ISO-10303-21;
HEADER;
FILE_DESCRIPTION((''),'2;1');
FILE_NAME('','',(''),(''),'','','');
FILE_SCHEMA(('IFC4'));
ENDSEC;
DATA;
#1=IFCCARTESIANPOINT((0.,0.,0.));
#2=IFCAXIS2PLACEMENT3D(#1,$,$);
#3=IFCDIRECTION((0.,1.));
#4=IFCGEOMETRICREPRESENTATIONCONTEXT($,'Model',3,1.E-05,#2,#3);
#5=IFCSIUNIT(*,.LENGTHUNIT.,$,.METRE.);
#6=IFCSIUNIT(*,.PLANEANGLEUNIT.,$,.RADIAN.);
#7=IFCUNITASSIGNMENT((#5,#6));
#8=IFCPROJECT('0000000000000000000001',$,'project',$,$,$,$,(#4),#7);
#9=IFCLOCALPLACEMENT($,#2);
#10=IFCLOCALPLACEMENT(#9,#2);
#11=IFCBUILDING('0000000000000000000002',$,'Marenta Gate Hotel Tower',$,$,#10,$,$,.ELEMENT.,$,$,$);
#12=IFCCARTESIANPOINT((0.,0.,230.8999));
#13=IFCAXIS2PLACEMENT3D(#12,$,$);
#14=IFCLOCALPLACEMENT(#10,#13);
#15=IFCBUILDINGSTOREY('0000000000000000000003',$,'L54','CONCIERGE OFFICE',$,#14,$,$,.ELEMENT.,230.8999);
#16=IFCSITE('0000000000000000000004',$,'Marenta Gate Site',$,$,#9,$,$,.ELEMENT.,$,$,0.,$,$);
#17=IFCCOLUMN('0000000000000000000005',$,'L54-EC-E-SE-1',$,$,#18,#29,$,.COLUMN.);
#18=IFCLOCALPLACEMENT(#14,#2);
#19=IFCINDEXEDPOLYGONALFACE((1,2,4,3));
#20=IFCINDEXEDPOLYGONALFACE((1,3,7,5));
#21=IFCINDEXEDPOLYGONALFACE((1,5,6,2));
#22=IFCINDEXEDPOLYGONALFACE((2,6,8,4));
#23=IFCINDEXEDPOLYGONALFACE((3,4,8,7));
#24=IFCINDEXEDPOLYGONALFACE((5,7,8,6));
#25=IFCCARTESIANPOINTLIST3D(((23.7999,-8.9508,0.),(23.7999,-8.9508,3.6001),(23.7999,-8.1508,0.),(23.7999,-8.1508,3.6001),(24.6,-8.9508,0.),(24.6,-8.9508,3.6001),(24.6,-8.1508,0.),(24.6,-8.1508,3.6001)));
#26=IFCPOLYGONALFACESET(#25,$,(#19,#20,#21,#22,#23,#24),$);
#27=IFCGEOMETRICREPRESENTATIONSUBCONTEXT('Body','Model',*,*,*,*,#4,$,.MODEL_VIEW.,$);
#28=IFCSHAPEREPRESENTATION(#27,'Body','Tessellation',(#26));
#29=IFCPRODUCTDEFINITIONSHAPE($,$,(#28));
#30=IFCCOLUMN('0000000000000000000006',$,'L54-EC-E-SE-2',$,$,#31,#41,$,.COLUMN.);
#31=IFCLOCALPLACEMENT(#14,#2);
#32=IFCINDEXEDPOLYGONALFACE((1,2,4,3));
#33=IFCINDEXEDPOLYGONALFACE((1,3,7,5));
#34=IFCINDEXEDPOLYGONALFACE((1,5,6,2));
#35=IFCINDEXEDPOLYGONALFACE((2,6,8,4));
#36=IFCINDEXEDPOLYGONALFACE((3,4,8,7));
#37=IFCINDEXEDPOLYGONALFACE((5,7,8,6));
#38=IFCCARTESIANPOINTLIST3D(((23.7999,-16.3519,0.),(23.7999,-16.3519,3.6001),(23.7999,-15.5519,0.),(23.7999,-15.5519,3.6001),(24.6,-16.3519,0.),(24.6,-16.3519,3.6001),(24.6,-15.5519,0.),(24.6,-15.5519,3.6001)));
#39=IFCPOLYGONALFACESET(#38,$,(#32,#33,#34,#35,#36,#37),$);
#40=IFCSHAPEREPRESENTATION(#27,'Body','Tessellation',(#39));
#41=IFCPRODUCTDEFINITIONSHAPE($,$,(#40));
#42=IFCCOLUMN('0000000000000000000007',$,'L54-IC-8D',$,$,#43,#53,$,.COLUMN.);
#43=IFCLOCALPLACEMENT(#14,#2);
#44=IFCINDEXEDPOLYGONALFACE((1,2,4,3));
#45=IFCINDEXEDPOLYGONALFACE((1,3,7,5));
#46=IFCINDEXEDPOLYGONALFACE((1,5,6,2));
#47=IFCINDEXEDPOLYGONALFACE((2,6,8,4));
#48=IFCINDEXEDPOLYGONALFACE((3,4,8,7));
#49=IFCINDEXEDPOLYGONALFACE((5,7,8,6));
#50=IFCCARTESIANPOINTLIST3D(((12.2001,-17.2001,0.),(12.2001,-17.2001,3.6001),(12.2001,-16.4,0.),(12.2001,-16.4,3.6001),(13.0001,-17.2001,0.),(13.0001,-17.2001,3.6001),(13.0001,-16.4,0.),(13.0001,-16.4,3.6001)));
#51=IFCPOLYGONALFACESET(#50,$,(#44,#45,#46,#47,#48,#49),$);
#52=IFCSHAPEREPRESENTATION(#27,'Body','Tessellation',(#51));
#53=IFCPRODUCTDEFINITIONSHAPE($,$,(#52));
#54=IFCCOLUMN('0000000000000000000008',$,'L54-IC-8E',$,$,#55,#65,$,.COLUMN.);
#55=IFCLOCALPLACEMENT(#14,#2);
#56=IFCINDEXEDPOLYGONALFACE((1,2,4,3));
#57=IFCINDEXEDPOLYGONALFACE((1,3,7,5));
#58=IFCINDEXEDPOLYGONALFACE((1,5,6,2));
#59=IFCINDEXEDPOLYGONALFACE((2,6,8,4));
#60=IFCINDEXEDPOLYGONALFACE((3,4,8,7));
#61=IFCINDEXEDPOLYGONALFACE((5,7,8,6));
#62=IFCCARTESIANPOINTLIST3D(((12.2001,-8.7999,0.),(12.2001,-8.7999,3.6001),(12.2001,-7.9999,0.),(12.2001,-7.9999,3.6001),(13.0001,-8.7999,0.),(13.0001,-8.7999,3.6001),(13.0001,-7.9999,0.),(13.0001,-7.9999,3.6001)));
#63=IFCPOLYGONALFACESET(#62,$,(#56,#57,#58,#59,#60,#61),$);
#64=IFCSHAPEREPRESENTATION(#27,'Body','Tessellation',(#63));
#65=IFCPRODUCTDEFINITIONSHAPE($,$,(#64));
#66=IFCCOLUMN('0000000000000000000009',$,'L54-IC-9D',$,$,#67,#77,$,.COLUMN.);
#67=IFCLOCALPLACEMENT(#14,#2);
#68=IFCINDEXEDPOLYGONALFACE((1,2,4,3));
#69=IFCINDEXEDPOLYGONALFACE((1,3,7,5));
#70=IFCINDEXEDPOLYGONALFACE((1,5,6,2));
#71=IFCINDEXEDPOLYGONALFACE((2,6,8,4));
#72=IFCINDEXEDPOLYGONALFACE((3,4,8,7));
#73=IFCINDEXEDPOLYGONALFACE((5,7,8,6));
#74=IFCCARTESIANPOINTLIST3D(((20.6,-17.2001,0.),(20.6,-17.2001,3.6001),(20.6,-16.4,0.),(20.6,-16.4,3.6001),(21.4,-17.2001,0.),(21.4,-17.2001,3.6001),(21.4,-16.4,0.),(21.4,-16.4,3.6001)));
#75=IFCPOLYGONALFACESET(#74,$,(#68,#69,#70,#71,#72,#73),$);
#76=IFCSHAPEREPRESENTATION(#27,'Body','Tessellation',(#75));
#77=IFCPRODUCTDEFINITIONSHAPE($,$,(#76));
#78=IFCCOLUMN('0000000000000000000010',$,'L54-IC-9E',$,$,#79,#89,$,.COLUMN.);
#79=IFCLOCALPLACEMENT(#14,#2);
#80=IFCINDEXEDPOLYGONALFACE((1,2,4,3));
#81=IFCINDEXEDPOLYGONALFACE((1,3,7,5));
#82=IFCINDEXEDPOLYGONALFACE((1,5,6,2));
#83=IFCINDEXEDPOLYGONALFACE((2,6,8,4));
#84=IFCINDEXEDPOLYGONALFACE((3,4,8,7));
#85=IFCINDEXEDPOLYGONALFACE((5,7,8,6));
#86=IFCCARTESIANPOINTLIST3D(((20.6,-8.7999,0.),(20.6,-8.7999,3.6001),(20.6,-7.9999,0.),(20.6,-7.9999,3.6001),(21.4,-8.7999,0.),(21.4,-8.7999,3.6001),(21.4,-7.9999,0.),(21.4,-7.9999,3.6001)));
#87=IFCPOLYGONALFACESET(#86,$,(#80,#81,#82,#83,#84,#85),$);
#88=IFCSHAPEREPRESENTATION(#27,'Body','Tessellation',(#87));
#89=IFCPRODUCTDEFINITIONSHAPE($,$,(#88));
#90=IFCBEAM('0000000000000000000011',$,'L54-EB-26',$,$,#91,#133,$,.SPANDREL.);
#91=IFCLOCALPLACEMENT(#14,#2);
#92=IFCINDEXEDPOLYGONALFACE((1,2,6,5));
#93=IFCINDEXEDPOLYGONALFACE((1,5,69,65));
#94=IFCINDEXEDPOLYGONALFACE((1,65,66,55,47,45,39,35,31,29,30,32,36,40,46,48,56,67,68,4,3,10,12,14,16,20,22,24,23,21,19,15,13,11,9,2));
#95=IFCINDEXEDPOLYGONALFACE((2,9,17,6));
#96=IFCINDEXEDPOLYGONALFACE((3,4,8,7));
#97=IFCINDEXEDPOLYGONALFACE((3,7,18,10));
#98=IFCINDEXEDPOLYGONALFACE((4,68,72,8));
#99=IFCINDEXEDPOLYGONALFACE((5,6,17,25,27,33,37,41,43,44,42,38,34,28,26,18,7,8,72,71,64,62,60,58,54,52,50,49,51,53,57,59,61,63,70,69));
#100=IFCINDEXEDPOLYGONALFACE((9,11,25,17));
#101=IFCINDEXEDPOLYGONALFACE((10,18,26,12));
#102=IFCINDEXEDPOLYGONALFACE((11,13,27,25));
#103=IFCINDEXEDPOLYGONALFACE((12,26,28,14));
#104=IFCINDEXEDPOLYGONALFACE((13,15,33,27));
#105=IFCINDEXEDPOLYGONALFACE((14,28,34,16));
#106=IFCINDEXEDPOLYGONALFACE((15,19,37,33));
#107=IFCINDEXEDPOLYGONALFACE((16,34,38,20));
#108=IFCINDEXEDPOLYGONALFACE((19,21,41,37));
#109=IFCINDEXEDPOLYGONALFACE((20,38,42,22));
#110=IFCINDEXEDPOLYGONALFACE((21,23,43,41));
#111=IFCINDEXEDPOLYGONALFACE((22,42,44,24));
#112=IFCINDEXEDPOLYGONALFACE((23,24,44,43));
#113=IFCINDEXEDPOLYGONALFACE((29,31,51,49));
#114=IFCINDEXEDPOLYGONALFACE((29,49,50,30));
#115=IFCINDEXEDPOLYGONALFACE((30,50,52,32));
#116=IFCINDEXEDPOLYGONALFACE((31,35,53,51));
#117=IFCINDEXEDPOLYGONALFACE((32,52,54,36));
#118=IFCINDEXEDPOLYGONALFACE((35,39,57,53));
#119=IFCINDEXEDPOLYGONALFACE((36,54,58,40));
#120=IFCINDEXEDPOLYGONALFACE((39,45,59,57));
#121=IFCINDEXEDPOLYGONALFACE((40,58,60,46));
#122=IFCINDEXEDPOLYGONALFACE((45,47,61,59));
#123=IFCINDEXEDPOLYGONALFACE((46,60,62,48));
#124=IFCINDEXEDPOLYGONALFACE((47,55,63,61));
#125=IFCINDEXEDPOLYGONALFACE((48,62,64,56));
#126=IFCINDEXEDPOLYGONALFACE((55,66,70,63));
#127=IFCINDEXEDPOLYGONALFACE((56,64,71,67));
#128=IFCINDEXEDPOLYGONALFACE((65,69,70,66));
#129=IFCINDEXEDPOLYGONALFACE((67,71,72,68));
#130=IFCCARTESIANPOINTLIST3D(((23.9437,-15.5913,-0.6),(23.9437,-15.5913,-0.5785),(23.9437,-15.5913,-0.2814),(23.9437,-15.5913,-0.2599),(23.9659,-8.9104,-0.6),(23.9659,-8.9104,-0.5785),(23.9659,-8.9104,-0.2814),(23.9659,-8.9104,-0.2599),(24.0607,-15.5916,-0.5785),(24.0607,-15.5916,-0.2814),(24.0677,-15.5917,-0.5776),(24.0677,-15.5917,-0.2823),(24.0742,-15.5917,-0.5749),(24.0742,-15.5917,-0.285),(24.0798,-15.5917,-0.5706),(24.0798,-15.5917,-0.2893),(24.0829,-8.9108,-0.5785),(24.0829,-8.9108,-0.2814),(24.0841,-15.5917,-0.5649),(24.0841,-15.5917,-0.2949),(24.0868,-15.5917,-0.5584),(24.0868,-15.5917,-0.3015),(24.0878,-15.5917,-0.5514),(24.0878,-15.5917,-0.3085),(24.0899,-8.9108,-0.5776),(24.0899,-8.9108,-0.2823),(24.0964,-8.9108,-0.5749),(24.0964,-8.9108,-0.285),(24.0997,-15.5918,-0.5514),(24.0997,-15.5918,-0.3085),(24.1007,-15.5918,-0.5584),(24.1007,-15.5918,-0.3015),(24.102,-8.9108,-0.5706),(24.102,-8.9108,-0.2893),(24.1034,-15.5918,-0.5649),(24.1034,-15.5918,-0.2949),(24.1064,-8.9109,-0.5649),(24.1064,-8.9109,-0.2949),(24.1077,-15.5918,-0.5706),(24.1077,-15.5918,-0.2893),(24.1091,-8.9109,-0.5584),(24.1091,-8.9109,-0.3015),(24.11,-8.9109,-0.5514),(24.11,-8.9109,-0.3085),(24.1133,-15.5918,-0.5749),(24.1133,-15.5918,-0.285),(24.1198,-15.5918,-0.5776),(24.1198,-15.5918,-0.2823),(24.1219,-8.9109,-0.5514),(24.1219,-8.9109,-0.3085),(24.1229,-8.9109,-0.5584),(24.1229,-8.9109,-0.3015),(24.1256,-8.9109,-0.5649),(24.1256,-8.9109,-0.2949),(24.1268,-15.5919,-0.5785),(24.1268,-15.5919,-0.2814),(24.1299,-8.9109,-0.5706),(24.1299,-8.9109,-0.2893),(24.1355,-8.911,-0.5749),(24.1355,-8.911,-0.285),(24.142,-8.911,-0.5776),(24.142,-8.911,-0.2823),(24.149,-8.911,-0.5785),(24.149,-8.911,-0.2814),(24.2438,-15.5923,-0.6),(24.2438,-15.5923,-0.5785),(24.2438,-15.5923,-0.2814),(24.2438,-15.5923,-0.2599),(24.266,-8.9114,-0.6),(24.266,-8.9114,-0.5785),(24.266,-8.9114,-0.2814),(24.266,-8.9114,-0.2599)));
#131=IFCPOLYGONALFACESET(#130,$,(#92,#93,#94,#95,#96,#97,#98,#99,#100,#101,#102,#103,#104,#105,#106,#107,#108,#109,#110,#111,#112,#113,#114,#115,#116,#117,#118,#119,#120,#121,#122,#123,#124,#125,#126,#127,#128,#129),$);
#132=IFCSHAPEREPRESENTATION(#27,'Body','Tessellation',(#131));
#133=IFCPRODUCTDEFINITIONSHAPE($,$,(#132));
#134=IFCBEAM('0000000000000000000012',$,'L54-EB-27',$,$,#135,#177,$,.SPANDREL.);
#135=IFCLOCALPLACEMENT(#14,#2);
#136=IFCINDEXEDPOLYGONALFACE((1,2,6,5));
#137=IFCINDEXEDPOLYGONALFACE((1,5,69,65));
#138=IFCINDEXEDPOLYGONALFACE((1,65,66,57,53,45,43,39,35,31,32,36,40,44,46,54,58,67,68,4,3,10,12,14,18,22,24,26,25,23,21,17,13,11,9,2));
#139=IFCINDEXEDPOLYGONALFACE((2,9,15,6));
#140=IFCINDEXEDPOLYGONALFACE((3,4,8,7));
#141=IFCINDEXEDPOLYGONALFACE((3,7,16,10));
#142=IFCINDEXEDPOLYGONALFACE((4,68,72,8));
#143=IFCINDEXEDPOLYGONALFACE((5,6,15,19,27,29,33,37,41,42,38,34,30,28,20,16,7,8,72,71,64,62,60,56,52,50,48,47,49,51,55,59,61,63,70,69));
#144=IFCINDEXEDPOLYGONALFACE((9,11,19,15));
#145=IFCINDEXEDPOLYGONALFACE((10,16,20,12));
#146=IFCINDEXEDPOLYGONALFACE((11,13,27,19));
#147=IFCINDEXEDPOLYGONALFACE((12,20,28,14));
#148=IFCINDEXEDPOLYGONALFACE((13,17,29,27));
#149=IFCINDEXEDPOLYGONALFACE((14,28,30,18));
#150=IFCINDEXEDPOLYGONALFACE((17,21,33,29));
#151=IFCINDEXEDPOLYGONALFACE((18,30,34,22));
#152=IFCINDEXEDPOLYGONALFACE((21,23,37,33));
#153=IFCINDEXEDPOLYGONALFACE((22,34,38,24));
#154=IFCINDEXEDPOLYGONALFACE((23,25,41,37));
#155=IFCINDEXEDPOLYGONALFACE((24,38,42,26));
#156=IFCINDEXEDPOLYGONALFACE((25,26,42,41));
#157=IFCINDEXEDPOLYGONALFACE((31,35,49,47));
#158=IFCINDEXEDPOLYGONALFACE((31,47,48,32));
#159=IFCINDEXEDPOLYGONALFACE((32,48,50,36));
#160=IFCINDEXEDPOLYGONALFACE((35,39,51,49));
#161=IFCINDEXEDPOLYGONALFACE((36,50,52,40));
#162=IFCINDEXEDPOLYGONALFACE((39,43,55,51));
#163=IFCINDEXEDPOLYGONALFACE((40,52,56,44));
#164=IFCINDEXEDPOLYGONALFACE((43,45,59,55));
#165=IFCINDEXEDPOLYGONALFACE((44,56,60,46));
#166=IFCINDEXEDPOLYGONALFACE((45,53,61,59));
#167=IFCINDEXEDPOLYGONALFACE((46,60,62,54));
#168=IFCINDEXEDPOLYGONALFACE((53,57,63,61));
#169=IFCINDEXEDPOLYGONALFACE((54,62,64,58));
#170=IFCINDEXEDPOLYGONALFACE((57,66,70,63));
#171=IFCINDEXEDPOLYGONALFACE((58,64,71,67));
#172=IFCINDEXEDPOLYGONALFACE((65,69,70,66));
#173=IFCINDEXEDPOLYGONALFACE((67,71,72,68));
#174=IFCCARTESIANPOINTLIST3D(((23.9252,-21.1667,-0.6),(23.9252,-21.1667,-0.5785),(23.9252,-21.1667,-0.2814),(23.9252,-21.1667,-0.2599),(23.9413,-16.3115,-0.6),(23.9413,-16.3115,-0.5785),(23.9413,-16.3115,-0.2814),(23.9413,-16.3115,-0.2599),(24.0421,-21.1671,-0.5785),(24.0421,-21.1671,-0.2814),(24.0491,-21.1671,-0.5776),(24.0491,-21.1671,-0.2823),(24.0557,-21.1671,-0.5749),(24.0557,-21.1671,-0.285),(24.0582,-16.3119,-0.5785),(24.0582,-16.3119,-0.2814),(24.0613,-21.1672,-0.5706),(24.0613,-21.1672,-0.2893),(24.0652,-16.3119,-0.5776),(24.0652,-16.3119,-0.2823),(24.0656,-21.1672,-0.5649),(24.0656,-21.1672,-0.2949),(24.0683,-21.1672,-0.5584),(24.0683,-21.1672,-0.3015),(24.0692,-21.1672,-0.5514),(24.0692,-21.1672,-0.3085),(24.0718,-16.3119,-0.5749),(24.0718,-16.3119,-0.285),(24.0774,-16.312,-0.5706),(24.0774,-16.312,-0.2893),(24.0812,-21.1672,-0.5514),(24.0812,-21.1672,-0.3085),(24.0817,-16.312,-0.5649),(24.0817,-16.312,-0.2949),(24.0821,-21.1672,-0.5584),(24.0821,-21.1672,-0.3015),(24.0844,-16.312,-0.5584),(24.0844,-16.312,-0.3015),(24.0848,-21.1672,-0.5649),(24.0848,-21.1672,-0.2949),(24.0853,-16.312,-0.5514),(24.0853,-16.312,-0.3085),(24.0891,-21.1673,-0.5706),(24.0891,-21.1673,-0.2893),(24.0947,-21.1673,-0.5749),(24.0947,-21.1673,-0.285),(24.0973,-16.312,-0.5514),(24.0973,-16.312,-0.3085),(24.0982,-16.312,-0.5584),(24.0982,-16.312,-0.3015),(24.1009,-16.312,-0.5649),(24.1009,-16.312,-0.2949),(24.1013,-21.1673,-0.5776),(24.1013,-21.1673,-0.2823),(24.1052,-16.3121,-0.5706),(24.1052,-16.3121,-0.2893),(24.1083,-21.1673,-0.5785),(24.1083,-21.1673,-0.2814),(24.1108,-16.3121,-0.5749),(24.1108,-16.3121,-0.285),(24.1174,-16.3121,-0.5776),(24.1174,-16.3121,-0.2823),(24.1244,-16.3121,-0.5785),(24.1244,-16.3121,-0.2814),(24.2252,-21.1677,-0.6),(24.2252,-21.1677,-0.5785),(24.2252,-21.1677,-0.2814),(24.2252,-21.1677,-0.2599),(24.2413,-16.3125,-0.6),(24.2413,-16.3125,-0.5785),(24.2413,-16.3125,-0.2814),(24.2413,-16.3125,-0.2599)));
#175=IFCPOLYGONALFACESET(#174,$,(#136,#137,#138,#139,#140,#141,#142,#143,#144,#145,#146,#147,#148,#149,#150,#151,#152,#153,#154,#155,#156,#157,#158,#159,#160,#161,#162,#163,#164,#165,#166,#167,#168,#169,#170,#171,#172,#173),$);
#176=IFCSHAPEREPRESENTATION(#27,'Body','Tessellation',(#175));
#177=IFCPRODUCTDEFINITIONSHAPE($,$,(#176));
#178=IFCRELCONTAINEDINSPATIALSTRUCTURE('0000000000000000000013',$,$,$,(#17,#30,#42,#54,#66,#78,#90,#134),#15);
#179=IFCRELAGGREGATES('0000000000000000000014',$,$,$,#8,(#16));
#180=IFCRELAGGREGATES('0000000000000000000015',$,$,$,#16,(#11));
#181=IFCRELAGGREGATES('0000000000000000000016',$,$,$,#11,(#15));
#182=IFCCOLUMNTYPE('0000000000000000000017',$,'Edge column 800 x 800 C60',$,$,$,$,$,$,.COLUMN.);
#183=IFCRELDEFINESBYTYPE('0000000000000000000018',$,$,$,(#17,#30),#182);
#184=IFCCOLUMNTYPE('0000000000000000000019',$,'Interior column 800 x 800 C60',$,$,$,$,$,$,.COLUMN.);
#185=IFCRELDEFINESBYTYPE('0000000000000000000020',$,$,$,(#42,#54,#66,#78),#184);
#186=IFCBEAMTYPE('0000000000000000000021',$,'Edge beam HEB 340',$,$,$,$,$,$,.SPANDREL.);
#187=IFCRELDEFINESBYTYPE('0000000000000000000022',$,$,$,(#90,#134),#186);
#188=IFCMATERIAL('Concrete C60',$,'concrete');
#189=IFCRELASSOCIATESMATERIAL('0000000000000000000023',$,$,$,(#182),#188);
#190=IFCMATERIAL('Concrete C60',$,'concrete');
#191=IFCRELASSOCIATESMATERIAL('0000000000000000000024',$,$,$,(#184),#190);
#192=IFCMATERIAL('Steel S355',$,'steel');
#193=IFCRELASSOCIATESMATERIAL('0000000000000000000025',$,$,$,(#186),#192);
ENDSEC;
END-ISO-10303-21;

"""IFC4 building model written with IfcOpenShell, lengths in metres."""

from ifc_helpers import new_model, si_unit, direction, frame, origin, origin_2d, place, context, subcontext, project, spatial, rectangle, i_section, extrude, material, material_profile, profile_set, type_object, element, save


model = new_model("IFC4")

# Units and contexts
model_context = context("Model", 3, precision=1e-05, world=origin(), true_north=direction((0.0, 1.0)))
body_context = subcontext(model_context, "Body", "Model", "MODEL_VIEW")
ifc_project = project(units=[si_unit("LENGTHUNIT", "METRE"), si_unit("PLANEANGLEUNIT", "RADIAN")], contexts=[model_context])

# Site, building, storey
site_placement = place(None, origin())
site = spatial("IfcSite", under=ifc_project, at=site_placement, Name="Marenta Gate Site", CompositionType="ELEMENT", RefElevation=0.0)
building_placement = place(site_placement, origin())
building = spatial("IfcBuilding", under=site, at=building_placement, Name="Marenta Gate Hotel Tower", CompositionType="ELEMENT")
storey_placement = place(building_placement, frame((0.0, 0.0, 230.8999)))
storey = spatial("IfcBuildingStorey", under=building, at=storey_placement, Name="L54", Description="CONCIERGE OFFICE", CompositionType="ELEMENT", Elevation=230.8999)

# Columns
ifc_material_1 = material(Name="Concrete C60", Category="concrete")
ifc_material_profile_1 = material_profile(ifc_material_1, rectangle(XDim=0.8, YDim=0.8, at=origin_2d()), Name="800 x 800")
ifc_profile_set_1 = profile_set([ifc_material_profile_1], Name="Concrete C60")
column_type_1 = type_object("IfcColumnType", Name="Edge column 800 x 800 C60", PredefinedType="COLUMN", material=ifc_profile_set_1)
for number, where, z_axis, x_axis, name in (
    (1, (24.2, -8.5508, 0.0), (0.0, 0.0, 1.0), (1.0, 0.0, 0.0), "L54-EC-E-SE-1"),
    (2, (24.2, -15.9519, 0.0), (0.0, 0.0, 1.0), (1.0, 0.0, 0.0), "L54-EC-E-SE-2"),
):
    element("IfcColumn", number, at=place(storey_placement, frame(where, z_axis=z_axis, x_axis=x_axis)), inside=storey, type_object=column_type_1, Name=name, PredefinedType="COLUMN", context=body_context, shape_type="SweptSolid", body=[
        extrude(rectangle(XDim=0.8, YDim=0.8, at=origin_2d()), origin(), (0.0, 0.0, 1.0), 3.6001),
    ])
ifc_material_2 = material(Name="Concrete C60", Category="concrete")
ifc_material_profile_2 = material_profile(ifc_material_2, rectangle(XDim=0.8, YDim=0.8, at=origin_2d()), Name="800 x 800")
ifc_profile_set_2 = profile_set([ifc_material_profile_2], Name="Concrete C60")
column_type_2 = type_object("IfcColumnType", Name="Interior column 800 x 800 C60", PredefinedType="COLUMN", material=ifc_profile_set_2)
for number, where, z_axis, x_axis, name in (
    (3, (12.6001, -16.8, 0.0), (0.0, 0.0, 1.0), (1.0, 0.0, 0.0), "L54-IC-8D"),
    (4, (12.6001, -8.3999, 0.0), (0.0, 0.0, 1.0), (1.0, 0.0, 0.0), "L54-IC-8E"),
    (5, (21.0, -16.8, 0.0), (0.0, 0.0, 1.0), (1.0, 0.0, 0.0), "L54-IC-9D"),
    (6, (21.0, -8.3999, 0.0), (0.0, 0.0, 1.0), (1.0, 0.0, 0.0), "L54-IC-9E"),
):
    element("IfcColumn", number, at=place(storey_placement, frame(where, z_axis=z_axis, x_axis=x_axis)), inside=storey, type_object=column_type_2, Name=name, PredefinedType="COLUMN", context=body_context, shape_type="SweptSolid", body=[
        extrude(rectangle(XDim=0.8, YDim=0.8, at=origin_2d()), origin(), (0.0, 0.0, 1.0), 3.6001),
    ])

# Beams
ifc_material_3 = material(Name="Steel S355", Category="steel")
ifc_material_profile_3 = material_profile(ifc_material_3, i_section(OverallWidth=0.3, OverallDepth=0.3401, WebThickness=0.012, FlangeThickness=0.0215, FilletRadius=0.0271, at=origin_2d()), Name="HEB 340")
ifc_profile_set_3 = profile_set([ifc_material_profile_3], Name="Steel S355")
beam_type_1 = type_object("IfcBeamType", Name="Edge beam HEB 340", PredefinedType="SPANDREL", material=ifc_profile_set_3)
beam_1_placement = place(storey_placement, frame((24.116, -8.9109, -0.4299), z_axis=(-0.003325, -0.999994, 0.0), x_axis=(0.999994, -0.003325, 0.0)))
element("IfcBeam", 7, at=beam_1_placement, inside=storey, type_object=beam_type_1, Name="L54-EB-26", PredefinedType="SPANDREL", context=body_context, shape_type="SweptSolid", body=[
    extrude(i_section(OverallWidth=0.3, OverallDepth=0.3401, WebThickness=0.012, FlangeThickness=0.0215, FilletRadius=0.0271, at=origin_2d()), origin(), (0.0, 0.0, 1.0), 6.6809),
])
beam_2_placement = place(storey_placement, frame((24.0913, -16.312, -0.4299), z_axis=(-0.003319, -0.999994, 0.0), x_axis=(0.999994, -0.003319, 0.0)))
element("IfcBeam", 8, at=beam_2_placement, inside=storey, type_object=beam_type_1, Name="L54-EB-27", PredefinedType="SPANDREL", context=body_context, shape_type="SweptSolid", body=[
    extrude(i_section(OverallWidth=0.3, OverallDepth=0.3401, WebThickness=0.012, FlangeThickness=0.0215, FilletRadius=0.0271, at=origin_2d()), origin(), (0.0, 0.0, 1.0), 4.8552),
])

save(model, "model.ifc")
